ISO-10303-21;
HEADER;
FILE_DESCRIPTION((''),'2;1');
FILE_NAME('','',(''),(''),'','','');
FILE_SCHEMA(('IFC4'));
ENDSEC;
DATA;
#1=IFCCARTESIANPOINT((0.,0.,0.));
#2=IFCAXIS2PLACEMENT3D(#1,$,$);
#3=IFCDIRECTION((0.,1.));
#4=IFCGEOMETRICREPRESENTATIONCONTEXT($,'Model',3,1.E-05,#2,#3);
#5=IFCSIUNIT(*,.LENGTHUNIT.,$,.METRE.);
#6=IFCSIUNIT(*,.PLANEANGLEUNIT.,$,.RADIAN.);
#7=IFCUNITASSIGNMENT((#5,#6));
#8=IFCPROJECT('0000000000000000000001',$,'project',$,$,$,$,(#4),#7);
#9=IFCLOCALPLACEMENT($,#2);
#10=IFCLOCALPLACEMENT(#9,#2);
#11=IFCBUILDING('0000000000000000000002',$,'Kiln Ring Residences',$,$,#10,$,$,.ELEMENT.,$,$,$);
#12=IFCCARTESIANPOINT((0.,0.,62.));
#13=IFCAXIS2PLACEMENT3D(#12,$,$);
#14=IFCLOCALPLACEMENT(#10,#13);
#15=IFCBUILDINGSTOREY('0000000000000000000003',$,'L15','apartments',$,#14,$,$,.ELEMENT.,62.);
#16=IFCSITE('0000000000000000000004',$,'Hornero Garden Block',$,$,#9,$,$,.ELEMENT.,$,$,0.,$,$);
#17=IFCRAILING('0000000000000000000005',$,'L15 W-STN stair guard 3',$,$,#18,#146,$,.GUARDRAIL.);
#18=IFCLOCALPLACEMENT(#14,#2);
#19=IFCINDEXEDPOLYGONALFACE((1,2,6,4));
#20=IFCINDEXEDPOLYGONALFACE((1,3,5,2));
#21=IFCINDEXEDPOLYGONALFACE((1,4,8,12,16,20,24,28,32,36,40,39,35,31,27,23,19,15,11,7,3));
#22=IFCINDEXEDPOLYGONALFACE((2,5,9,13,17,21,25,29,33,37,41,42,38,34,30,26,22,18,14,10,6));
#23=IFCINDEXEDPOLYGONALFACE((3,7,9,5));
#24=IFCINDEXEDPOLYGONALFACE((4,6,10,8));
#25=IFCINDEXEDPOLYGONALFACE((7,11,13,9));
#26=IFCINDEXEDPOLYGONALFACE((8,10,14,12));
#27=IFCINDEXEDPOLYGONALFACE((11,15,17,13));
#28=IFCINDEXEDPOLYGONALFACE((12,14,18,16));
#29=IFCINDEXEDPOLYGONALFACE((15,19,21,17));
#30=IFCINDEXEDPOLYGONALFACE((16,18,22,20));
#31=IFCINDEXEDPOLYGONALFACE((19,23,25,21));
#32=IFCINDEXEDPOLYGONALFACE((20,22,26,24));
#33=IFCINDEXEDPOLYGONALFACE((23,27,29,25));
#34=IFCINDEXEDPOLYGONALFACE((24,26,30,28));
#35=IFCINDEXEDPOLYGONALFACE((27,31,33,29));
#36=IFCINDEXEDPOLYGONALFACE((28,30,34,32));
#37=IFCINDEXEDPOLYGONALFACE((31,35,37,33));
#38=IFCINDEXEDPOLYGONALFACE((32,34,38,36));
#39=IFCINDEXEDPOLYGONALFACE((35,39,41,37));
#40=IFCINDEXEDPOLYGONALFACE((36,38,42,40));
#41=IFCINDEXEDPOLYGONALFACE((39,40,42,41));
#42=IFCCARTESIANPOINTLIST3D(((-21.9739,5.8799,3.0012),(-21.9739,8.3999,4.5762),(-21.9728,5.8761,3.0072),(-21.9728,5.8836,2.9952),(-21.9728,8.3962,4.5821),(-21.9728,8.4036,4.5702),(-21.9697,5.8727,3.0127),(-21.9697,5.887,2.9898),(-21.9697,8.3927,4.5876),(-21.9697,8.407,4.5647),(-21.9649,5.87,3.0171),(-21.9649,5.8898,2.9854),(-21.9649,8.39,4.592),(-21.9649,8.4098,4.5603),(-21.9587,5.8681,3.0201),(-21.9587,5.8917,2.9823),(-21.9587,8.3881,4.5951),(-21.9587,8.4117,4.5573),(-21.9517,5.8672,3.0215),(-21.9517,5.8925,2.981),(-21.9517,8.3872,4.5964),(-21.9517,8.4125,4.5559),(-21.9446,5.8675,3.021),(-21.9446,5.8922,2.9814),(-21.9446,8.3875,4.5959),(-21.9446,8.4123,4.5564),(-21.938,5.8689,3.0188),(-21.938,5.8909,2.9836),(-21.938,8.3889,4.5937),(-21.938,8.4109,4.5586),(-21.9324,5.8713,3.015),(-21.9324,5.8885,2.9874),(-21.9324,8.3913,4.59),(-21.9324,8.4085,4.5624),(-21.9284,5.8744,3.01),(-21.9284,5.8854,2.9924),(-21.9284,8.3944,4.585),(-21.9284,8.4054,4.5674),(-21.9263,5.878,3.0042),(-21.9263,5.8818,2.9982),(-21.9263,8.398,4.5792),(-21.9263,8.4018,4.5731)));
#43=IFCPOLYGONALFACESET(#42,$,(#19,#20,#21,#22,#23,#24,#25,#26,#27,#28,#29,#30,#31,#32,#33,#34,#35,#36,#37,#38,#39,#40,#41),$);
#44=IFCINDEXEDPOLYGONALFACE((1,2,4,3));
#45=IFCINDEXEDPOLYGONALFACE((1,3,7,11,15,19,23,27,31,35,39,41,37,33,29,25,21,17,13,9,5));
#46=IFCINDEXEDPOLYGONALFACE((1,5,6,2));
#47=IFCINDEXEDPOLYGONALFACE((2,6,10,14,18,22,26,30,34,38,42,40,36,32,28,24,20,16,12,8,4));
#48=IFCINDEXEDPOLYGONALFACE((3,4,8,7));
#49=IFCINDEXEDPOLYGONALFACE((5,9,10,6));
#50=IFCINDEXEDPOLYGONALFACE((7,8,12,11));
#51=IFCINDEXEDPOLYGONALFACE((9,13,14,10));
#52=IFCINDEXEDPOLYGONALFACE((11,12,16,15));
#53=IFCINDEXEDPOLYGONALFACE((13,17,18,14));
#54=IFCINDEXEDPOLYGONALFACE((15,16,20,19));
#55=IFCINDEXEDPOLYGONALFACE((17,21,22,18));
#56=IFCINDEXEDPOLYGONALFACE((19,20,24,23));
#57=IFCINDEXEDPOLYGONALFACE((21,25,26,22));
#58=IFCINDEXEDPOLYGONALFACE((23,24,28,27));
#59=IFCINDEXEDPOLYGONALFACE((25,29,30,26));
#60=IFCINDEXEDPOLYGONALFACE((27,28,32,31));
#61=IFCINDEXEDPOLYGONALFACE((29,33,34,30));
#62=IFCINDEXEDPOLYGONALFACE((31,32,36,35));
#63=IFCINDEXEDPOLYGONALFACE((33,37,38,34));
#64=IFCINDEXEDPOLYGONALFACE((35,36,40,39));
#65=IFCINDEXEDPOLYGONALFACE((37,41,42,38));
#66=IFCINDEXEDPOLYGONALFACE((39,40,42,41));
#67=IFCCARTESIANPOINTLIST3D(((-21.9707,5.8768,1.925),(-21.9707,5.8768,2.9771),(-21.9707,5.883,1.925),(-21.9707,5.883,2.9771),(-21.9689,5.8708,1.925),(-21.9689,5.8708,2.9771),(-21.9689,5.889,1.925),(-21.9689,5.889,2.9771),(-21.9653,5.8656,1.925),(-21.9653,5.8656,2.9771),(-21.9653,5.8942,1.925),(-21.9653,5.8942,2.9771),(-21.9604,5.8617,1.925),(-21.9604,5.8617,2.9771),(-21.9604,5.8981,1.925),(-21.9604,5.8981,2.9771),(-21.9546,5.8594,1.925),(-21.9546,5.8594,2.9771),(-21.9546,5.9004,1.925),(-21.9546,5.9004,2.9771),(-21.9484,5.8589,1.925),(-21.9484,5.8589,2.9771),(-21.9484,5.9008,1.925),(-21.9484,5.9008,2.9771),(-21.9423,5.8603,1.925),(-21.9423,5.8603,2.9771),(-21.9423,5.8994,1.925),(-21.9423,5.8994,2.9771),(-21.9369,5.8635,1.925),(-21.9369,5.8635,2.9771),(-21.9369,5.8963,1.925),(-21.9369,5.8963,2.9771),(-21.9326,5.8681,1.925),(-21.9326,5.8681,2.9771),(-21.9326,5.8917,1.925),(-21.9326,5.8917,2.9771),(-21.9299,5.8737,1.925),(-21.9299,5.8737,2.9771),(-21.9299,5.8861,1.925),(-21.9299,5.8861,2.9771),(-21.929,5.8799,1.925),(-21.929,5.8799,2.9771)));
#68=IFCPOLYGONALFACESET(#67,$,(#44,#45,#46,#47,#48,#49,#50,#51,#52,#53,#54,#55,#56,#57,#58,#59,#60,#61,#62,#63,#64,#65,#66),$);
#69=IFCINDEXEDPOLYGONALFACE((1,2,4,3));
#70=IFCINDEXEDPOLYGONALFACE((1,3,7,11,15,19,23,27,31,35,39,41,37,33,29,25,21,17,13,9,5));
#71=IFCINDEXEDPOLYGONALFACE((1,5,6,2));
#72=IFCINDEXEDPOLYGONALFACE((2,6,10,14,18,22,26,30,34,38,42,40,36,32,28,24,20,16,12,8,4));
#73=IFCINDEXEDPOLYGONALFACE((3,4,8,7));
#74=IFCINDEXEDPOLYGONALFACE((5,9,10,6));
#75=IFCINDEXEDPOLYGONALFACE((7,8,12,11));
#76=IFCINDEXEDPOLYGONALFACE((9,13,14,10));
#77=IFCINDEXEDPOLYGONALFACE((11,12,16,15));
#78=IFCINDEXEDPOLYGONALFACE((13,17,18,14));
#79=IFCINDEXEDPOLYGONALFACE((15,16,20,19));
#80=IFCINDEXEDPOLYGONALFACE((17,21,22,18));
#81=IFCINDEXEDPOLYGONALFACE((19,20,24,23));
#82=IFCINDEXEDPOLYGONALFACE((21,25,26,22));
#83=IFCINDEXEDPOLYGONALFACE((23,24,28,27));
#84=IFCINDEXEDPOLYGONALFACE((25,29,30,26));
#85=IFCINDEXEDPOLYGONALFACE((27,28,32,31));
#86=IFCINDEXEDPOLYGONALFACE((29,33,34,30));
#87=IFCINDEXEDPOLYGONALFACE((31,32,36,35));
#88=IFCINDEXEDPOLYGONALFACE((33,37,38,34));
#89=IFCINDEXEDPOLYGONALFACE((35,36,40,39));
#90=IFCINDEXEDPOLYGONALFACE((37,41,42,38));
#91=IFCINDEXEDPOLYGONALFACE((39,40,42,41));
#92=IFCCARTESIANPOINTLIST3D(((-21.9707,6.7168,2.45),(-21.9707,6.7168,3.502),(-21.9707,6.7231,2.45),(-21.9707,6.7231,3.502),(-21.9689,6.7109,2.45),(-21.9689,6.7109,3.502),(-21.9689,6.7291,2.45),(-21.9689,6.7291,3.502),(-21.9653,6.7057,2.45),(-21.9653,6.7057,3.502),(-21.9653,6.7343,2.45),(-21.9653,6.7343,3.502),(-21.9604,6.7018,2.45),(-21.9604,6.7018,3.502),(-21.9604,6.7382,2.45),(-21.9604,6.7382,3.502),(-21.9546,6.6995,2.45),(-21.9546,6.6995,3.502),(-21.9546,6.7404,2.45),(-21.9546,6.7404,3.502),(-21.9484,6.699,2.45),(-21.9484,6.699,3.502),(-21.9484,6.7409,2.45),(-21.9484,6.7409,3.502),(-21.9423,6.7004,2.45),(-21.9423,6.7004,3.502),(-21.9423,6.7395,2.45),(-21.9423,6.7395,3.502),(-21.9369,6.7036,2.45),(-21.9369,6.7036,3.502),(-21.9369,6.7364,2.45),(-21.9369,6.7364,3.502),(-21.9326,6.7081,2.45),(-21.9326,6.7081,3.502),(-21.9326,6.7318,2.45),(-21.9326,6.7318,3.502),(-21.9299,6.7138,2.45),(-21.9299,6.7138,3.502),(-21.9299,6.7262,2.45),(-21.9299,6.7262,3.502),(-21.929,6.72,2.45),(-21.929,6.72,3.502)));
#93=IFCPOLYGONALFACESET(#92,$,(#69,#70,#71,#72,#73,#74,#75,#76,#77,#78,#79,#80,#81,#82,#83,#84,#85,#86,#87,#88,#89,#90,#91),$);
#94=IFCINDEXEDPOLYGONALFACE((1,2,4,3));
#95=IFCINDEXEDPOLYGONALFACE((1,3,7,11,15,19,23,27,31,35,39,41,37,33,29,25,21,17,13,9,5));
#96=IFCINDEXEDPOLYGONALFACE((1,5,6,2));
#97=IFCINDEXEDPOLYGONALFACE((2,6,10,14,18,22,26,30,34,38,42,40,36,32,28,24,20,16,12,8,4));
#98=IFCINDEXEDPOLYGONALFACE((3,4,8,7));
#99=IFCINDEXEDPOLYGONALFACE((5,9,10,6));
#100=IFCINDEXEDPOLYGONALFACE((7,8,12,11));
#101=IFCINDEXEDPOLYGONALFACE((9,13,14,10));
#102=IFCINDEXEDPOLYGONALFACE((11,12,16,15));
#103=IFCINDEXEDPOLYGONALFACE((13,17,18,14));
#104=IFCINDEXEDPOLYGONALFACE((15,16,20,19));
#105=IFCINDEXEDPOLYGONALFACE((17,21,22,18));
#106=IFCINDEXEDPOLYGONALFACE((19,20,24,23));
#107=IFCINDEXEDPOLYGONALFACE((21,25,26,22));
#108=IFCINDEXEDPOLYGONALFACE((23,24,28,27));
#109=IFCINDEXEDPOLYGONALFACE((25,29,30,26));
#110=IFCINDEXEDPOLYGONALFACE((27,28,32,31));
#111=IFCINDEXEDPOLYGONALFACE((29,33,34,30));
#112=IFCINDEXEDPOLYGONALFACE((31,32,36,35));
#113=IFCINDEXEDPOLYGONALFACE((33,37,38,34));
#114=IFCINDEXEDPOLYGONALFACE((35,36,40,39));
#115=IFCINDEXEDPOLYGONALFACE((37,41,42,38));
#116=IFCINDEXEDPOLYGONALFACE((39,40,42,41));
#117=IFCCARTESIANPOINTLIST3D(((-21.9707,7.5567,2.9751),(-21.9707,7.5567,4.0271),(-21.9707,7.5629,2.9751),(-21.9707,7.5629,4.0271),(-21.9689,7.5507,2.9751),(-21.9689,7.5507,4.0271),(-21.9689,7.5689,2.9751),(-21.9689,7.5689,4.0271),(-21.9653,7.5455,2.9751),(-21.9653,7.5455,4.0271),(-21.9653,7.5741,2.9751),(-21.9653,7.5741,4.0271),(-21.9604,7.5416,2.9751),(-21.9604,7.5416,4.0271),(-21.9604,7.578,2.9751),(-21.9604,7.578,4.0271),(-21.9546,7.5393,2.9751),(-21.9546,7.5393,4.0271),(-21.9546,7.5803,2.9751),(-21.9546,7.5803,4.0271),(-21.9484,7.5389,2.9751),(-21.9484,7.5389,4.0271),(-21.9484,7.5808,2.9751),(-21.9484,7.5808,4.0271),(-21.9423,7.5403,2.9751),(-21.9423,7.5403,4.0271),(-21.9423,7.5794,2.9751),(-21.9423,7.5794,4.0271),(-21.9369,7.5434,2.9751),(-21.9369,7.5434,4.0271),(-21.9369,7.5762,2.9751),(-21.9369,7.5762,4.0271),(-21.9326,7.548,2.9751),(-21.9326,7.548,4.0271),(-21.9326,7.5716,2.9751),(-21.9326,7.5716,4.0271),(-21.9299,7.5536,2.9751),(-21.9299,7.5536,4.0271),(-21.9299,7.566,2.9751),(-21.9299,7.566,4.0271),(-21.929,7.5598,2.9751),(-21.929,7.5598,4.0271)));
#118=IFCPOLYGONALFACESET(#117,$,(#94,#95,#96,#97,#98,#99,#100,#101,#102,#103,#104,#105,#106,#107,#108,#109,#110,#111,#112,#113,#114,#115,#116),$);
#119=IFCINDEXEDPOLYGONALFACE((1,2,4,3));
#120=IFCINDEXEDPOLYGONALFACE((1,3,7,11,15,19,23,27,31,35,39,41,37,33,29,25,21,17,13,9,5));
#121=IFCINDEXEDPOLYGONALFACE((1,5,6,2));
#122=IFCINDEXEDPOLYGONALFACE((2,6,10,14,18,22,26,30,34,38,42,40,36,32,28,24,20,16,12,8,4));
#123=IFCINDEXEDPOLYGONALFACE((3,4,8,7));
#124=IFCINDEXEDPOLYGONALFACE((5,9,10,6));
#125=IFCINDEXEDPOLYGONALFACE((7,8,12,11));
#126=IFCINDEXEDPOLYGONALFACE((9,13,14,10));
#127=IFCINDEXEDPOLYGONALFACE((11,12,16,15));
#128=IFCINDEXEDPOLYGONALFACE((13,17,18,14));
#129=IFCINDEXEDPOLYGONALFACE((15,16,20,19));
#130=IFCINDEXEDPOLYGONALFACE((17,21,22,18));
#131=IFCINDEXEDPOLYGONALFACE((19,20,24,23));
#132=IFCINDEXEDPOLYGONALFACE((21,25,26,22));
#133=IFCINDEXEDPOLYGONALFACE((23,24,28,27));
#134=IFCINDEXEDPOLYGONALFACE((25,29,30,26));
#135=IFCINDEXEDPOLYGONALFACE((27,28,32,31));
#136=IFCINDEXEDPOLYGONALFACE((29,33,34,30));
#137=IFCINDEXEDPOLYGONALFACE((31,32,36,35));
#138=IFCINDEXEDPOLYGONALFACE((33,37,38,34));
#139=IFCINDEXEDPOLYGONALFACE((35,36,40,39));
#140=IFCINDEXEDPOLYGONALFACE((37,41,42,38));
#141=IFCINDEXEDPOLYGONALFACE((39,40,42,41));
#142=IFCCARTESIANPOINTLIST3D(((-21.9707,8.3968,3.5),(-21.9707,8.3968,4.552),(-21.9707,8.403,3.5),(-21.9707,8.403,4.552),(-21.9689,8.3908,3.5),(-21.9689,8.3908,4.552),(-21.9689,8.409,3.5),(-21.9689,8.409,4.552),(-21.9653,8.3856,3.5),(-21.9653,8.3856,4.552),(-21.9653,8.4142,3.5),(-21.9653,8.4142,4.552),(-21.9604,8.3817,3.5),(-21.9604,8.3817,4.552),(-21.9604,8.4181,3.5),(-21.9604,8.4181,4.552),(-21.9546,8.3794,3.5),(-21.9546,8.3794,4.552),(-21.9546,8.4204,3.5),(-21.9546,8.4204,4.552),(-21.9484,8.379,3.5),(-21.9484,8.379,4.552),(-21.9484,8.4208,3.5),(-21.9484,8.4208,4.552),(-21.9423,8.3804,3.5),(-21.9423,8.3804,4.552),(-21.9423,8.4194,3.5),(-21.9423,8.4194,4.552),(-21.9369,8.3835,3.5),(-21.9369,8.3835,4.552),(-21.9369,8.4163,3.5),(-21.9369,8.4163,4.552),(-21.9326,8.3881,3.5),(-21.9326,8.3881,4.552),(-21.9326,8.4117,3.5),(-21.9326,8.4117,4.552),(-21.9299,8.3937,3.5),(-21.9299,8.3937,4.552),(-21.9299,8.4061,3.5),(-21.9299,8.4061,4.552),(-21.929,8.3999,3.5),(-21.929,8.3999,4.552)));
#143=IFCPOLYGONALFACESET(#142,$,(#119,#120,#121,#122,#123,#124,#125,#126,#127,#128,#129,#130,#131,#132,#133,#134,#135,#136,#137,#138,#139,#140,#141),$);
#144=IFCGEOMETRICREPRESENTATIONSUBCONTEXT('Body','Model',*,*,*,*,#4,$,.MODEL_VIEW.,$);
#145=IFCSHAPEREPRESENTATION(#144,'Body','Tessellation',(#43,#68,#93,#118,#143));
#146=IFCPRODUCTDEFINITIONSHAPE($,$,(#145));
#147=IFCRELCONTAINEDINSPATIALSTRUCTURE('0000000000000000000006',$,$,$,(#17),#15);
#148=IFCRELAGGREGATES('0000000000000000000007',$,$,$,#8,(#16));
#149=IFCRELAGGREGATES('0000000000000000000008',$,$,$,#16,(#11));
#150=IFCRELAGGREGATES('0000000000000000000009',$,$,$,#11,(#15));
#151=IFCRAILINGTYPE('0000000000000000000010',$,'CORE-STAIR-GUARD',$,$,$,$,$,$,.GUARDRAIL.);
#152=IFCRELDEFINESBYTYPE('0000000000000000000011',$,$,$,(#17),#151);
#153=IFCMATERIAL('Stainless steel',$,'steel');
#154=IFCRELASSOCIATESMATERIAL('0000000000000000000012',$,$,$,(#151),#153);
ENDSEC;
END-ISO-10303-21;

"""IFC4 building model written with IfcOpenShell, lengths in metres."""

from ifc_helpers import new_model, si_unit, direction, frame, origin, origin_2d, place, context, subcontext, project, spatial, circle, extrude, material, type_object, element, save


model = new_model("IFC4")

# Units and contexts
model_context = context("Model", 3, precision=1e-05, world=origin(), true_north=direction((0.0, 1.0)))
body_context = subcontext(model_context, "Body", "Model", "MODEL_VIEW")
ifc_project = project(units=[si_unit("LENGTHUNIT", "METRE"), si_unit("PLANEANGLEUNIT", "RADIAN")], contexts=[model_context])

# Site, building, storey
site_placement = place(None, origin())
site = spatial("IfcSite", under=ifc_project, at=site_placement, Name="Hornero Garden Block", CompositionType="ELEMENT", RefElevation=0.0)
building_placement = place(site_placement, origin())
building = spatial("IfcBuilding", under=site, at=building_placement, Name="Kiln Ring Residences", CompositionType="ELEMENT")
storey_placement = place(building_placement, frame((0.0, 0.0, 62.0)))
storey = spatial("IfcBuildingStorey", under=building, at=storey_placement, Name="L15", Description="apartments", CompositionType="ELEMENT", Elevation=62.0)

# Railing
ifc_material_1 = material(Name="Stainless steel", Category="steel")
railing_type_1 = type_object("IfcRailingType", Name="CORE-STAIR-GUARD", PredefinedType="GUARDRAIL", material=ifc_material_1)
railing_1_placement = place(storey_placement, frame((-21.95, 5.8799, 1.925)))
element("IfcRailing", 1, at=railing_1_placement, inside=storey, type_object=railing_type_1, Name="L15 W-STN stair guard 3", PredefinedType="GUARDRAIL", context=body_context, shape_type="SweptSolid", body=[
    extrude(circle(Radius=0.0239, at=origin_2d()), frame((0.0, 0.0, 1.0762), z_axis=(0.0, 0.848008, 0.529984), x_axis=(-1.0, 0.0, 0.0)), (0.0, 0.0, 1.0), 2.9717),
    extrude(circle(Radius=0.021, at=origin_2d()), origin(), (0.0, 0.0, 1.0), 1.052),
    extrude(circle(Radius=0.021, at=origin_2d()), frame((0.0, 0.8401, 0.5249)), (0.0, 0.0, 1.0), 1.052),
    extrude(circle(Radius=0.021, at=origin_2d()), frame((0.0, 1.6799, 1.05)), (0.0, 0.0, 1.0), 1.052),
    extrude(circle(Radius=0.021, at=origin_2d()), frame((0.0, 2.52, 1.575)), (0.0, 0.0, 1.0), 1.052),
])

save(model, "model.ifc")
